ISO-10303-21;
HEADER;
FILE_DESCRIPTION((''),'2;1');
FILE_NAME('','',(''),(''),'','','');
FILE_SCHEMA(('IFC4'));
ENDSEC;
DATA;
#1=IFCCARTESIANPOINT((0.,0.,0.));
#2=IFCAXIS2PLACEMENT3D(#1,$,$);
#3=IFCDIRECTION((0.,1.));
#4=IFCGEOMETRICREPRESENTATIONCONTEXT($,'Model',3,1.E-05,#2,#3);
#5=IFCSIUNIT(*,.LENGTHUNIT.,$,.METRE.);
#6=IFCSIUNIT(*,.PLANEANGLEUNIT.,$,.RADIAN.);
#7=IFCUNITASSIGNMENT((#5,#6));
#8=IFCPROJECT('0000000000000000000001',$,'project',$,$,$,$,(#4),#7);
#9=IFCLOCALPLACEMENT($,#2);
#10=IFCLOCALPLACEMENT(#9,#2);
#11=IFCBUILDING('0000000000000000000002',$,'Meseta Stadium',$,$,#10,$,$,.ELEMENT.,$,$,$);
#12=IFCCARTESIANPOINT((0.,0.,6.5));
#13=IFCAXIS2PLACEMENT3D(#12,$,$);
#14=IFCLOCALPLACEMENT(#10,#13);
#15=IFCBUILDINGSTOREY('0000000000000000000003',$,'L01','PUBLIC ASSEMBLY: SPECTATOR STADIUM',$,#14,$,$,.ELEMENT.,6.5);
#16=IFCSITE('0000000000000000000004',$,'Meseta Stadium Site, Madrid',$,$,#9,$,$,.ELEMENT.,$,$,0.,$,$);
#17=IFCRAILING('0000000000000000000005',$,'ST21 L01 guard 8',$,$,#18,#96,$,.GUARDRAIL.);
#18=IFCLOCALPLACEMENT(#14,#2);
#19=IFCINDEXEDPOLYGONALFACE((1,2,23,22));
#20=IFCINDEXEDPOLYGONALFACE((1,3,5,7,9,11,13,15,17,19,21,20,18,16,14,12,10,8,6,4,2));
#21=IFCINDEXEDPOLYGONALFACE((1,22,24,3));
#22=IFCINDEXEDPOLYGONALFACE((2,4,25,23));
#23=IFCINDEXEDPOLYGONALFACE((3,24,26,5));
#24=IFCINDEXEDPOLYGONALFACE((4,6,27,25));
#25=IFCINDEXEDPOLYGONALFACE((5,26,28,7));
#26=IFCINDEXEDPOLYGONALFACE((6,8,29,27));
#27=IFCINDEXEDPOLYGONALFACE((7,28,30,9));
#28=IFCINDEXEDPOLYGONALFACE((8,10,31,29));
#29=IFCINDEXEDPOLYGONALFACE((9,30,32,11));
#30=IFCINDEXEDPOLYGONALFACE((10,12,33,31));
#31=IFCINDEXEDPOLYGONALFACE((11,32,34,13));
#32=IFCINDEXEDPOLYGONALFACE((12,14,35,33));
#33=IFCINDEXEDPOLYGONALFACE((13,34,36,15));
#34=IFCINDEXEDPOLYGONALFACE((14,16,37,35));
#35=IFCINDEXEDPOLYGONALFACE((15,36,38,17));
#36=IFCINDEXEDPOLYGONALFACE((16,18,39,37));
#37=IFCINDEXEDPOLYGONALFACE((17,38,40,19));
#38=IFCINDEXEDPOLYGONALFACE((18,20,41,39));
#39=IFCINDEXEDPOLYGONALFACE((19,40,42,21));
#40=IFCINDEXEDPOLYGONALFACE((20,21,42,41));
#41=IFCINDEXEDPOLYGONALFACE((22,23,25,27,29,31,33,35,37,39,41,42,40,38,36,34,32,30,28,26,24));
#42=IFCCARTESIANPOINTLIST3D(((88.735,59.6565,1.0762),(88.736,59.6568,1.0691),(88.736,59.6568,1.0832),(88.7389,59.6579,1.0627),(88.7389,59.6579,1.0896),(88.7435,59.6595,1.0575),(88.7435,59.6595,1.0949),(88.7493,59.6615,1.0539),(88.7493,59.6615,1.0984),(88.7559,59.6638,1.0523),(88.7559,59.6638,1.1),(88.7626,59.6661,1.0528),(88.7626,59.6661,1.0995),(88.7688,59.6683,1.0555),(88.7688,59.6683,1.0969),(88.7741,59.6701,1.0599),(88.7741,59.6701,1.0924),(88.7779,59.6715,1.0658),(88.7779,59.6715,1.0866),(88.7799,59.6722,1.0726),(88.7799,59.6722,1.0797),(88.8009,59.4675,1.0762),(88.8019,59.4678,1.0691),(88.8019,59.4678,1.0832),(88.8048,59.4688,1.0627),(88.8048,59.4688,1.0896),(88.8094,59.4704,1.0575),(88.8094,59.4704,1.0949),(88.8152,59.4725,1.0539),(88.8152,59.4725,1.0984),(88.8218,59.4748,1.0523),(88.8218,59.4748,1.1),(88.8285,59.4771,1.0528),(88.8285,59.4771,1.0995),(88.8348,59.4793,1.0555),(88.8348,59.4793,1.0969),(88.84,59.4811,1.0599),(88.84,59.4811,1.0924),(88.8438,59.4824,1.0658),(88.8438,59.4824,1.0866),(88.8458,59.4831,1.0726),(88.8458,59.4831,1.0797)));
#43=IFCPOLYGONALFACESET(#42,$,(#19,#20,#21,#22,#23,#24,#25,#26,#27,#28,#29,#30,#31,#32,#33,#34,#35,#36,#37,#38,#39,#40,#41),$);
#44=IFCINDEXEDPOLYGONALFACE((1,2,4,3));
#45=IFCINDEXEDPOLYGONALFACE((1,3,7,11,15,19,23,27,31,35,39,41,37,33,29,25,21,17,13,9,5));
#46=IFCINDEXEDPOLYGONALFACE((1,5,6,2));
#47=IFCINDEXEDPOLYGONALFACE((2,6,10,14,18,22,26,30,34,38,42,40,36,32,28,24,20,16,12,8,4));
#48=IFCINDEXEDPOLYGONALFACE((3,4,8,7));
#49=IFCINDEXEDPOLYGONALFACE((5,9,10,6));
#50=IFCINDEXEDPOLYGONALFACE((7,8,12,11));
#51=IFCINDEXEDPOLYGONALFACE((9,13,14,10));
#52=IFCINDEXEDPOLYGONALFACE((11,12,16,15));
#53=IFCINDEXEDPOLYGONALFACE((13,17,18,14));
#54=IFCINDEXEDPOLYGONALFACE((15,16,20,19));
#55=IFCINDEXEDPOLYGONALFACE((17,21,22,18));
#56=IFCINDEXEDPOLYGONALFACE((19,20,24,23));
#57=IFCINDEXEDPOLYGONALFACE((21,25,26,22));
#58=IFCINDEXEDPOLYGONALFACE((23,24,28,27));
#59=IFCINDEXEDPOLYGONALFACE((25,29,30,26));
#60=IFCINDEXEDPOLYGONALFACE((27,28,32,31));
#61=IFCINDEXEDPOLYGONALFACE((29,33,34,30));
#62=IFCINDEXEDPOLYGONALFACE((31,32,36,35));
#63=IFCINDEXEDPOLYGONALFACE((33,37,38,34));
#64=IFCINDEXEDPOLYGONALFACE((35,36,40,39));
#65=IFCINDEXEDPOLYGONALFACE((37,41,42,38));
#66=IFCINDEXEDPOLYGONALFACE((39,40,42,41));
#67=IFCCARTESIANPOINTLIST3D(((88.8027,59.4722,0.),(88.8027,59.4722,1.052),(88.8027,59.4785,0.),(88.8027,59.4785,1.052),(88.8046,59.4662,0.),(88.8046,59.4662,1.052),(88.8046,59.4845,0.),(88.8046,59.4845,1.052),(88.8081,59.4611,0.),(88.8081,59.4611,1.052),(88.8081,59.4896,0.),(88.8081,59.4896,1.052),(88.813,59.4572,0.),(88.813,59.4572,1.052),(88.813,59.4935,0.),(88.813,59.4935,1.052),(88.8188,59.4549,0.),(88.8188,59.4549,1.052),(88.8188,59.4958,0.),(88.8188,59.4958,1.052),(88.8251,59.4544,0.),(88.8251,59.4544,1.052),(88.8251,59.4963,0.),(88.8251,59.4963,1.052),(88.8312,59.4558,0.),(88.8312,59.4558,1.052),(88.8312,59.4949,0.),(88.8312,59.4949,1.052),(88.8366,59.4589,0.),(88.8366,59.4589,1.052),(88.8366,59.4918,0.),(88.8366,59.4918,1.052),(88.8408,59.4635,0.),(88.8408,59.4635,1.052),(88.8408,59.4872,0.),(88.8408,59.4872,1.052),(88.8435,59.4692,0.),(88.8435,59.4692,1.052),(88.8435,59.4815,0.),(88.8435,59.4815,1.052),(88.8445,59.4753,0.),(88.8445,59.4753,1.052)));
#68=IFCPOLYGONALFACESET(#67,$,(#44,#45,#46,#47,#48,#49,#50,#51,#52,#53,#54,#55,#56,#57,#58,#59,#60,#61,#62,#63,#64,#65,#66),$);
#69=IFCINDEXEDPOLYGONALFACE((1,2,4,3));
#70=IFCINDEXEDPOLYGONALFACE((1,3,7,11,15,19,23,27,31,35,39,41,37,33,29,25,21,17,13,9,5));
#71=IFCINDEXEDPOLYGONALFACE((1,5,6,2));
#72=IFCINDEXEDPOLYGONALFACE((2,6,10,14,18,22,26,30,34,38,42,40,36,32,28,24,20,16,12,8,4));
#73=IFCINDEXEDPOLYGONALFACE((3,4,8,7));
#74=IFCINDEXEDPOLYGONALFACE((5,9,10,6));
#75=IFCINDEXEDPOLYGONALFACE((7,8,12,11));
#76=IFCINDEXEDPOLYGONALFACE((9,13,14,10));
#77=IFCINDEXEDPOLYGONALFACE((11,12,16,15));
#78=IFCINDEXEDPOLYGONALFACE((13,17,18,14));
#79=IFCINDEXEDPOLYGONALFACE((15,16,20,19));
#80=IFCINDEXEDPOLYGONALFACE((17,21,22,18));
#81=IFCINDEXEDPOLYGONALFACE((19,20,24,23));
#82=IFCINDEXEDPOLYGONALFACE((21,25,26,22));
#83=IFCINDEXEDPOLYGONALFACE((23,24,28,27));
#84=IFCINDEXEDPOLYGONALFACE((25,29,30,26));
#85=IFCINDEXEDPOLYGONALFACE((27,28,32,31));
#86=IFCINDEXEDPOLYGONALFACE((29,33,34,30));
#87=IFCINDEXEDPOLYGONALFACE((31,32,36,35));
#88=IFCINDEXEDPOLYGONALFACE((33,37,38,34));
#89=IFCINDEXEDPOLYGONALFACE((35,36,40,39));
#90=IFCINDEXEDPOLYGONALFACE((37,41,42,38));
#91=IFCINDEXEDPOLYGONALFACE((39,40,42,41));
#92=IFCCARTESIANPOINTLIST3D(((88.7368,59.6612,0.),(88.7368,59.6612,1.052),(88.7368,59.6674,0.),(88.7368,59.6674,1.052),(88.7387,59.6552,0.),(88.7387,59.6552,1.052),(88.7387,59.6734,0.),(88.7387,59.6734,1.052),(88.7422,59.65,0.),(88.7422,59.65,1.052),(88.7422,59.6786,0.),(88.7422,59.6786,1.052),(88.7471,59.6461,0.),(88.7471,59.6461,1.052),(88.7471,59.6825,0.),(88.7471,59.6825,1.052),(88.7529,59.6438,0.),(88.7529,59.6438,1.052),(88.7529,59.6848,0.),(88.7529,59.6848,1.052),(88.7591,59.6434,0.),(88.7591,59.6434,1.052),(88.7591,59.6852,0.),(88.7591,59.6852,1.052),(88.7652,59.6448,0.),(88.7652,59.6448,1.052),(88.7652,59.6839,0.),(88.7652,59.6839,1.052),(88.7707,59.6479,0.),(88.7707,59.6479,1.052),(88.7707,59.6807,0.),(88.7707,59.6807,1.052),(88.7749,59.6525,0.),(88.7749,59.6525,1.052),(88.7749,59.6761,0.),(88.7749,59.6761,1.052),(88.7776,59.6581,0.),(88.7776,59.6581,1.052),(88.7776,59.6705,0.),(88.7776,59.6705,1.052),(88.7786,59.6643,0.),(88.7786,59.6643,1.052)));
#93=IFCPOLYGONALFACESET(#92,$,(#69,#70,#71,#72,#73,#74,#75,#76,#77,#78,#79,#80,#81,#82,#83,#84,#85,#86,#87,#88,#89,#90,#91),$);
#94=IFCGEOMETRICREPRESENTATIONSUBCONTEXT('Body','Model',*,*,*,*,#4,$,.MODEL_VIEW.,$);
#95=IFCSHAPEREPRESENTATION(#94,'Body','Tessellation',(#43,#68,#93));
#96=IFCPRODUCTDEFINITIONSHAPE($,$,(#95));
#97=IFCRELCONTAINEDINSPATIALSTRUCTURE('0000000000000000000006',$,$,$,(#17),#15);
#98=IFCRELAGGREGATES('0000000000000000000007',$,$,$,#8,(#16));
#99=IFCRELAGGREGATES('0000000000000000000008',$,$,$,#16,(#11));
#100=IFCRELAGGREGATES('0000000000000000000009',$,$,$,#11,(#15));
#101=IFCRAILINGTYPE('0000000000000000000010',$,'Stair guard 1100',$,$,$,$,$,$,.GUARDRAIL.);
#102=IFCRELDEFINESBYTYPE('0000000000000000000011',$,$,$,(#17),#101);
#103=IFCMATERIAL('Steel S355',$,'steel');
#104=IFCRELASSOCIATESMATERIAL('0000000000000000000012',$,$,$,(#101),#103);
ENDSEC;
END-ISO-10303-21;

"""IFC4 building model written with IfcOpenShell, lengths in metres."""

from ifc_helpers import new_model, si_unit, direction, frame, origin, origin_2d, place, context, subcontext, project, spatial, circle, extrude, material, type_object, element, save


model = new_model("IFC4")

# Units and contexts
model_context = context("Model", 3, precision=1e-05, world=origin(), true_north=direction((0.0, 1.0)))
body_context = subcontext(model_context, "Body", "Model", "MODEL_VIEW")
ifc_project = project(units=[si_unit("LENGTHUNIT", "METRE"), si_unit("PLANEANGLEUNIT", "RADIAN")], contexts=[model_context])

# Site, building, storey
site_placement = place(None, origin())
site = spatial("IfcSite", under=ifc_project, at=site_placement, Name="Meseta Stadium Site, Madrid", CompositionType="ELEMENT", RefElevation=0.0)
building_placement = place(site_placement, origin())
building = spatial("IfcBuilding", under=site, at=building_placement, Name="Meseta Stadium", CompositionType="ELEMENT")
storey_placement = place(building_placement, frame((0.0, 0.0, 6.5)))
storey = spatial("IfcBuildingStorey", under=building, at=storey_placement, Name="L01", Description="PUBLIC ASSEMBLY: SPECTATOR STADIUM", CompositionType="ELEMENT", Elevation=6.5)

# Railing
ifc_material_1 = material(Name="Steel S355", Category="steel")
railing_type_1 = type_object("IfcRailingType", Name="Stair guard 1100", PredefinedType="GUARDRAIL", material=ifc_material_1)
railing_1_placement = place(storey_placement, frame((88.8235, 59.4753, 0.0)))
element("IfcRailing", 1, at=railing_1_placement, inside=storey, type_object=railing_type_1, Name="ST21 L01 guard 8", PredefinedType="GUARDRAIL", context=body_context, shape_type="SweptSolid", body=[
    extrude(circle(Radius=0.0239, at=origin_2d()), frame((0.0, 0.0, 1.0762), z_axis=(-0.329372, 0.9442, 0.0), x_axis=(-0.9442, -0.329372, 0.0)), (0.0, 0.0, 1.0), 0.2002),
    extrude(circle(Radius=0.021, at=origin_2d()), origin(), (0.0, 0.0, 1.0), 1.052),
    extrude(circle(Radius=0.021, at=origin_2d()), frame((-0.0659, 0.189, 0.0)), (0.0, 0.0, 1.0), 1.052),
])

save(model, "model.ifc")
